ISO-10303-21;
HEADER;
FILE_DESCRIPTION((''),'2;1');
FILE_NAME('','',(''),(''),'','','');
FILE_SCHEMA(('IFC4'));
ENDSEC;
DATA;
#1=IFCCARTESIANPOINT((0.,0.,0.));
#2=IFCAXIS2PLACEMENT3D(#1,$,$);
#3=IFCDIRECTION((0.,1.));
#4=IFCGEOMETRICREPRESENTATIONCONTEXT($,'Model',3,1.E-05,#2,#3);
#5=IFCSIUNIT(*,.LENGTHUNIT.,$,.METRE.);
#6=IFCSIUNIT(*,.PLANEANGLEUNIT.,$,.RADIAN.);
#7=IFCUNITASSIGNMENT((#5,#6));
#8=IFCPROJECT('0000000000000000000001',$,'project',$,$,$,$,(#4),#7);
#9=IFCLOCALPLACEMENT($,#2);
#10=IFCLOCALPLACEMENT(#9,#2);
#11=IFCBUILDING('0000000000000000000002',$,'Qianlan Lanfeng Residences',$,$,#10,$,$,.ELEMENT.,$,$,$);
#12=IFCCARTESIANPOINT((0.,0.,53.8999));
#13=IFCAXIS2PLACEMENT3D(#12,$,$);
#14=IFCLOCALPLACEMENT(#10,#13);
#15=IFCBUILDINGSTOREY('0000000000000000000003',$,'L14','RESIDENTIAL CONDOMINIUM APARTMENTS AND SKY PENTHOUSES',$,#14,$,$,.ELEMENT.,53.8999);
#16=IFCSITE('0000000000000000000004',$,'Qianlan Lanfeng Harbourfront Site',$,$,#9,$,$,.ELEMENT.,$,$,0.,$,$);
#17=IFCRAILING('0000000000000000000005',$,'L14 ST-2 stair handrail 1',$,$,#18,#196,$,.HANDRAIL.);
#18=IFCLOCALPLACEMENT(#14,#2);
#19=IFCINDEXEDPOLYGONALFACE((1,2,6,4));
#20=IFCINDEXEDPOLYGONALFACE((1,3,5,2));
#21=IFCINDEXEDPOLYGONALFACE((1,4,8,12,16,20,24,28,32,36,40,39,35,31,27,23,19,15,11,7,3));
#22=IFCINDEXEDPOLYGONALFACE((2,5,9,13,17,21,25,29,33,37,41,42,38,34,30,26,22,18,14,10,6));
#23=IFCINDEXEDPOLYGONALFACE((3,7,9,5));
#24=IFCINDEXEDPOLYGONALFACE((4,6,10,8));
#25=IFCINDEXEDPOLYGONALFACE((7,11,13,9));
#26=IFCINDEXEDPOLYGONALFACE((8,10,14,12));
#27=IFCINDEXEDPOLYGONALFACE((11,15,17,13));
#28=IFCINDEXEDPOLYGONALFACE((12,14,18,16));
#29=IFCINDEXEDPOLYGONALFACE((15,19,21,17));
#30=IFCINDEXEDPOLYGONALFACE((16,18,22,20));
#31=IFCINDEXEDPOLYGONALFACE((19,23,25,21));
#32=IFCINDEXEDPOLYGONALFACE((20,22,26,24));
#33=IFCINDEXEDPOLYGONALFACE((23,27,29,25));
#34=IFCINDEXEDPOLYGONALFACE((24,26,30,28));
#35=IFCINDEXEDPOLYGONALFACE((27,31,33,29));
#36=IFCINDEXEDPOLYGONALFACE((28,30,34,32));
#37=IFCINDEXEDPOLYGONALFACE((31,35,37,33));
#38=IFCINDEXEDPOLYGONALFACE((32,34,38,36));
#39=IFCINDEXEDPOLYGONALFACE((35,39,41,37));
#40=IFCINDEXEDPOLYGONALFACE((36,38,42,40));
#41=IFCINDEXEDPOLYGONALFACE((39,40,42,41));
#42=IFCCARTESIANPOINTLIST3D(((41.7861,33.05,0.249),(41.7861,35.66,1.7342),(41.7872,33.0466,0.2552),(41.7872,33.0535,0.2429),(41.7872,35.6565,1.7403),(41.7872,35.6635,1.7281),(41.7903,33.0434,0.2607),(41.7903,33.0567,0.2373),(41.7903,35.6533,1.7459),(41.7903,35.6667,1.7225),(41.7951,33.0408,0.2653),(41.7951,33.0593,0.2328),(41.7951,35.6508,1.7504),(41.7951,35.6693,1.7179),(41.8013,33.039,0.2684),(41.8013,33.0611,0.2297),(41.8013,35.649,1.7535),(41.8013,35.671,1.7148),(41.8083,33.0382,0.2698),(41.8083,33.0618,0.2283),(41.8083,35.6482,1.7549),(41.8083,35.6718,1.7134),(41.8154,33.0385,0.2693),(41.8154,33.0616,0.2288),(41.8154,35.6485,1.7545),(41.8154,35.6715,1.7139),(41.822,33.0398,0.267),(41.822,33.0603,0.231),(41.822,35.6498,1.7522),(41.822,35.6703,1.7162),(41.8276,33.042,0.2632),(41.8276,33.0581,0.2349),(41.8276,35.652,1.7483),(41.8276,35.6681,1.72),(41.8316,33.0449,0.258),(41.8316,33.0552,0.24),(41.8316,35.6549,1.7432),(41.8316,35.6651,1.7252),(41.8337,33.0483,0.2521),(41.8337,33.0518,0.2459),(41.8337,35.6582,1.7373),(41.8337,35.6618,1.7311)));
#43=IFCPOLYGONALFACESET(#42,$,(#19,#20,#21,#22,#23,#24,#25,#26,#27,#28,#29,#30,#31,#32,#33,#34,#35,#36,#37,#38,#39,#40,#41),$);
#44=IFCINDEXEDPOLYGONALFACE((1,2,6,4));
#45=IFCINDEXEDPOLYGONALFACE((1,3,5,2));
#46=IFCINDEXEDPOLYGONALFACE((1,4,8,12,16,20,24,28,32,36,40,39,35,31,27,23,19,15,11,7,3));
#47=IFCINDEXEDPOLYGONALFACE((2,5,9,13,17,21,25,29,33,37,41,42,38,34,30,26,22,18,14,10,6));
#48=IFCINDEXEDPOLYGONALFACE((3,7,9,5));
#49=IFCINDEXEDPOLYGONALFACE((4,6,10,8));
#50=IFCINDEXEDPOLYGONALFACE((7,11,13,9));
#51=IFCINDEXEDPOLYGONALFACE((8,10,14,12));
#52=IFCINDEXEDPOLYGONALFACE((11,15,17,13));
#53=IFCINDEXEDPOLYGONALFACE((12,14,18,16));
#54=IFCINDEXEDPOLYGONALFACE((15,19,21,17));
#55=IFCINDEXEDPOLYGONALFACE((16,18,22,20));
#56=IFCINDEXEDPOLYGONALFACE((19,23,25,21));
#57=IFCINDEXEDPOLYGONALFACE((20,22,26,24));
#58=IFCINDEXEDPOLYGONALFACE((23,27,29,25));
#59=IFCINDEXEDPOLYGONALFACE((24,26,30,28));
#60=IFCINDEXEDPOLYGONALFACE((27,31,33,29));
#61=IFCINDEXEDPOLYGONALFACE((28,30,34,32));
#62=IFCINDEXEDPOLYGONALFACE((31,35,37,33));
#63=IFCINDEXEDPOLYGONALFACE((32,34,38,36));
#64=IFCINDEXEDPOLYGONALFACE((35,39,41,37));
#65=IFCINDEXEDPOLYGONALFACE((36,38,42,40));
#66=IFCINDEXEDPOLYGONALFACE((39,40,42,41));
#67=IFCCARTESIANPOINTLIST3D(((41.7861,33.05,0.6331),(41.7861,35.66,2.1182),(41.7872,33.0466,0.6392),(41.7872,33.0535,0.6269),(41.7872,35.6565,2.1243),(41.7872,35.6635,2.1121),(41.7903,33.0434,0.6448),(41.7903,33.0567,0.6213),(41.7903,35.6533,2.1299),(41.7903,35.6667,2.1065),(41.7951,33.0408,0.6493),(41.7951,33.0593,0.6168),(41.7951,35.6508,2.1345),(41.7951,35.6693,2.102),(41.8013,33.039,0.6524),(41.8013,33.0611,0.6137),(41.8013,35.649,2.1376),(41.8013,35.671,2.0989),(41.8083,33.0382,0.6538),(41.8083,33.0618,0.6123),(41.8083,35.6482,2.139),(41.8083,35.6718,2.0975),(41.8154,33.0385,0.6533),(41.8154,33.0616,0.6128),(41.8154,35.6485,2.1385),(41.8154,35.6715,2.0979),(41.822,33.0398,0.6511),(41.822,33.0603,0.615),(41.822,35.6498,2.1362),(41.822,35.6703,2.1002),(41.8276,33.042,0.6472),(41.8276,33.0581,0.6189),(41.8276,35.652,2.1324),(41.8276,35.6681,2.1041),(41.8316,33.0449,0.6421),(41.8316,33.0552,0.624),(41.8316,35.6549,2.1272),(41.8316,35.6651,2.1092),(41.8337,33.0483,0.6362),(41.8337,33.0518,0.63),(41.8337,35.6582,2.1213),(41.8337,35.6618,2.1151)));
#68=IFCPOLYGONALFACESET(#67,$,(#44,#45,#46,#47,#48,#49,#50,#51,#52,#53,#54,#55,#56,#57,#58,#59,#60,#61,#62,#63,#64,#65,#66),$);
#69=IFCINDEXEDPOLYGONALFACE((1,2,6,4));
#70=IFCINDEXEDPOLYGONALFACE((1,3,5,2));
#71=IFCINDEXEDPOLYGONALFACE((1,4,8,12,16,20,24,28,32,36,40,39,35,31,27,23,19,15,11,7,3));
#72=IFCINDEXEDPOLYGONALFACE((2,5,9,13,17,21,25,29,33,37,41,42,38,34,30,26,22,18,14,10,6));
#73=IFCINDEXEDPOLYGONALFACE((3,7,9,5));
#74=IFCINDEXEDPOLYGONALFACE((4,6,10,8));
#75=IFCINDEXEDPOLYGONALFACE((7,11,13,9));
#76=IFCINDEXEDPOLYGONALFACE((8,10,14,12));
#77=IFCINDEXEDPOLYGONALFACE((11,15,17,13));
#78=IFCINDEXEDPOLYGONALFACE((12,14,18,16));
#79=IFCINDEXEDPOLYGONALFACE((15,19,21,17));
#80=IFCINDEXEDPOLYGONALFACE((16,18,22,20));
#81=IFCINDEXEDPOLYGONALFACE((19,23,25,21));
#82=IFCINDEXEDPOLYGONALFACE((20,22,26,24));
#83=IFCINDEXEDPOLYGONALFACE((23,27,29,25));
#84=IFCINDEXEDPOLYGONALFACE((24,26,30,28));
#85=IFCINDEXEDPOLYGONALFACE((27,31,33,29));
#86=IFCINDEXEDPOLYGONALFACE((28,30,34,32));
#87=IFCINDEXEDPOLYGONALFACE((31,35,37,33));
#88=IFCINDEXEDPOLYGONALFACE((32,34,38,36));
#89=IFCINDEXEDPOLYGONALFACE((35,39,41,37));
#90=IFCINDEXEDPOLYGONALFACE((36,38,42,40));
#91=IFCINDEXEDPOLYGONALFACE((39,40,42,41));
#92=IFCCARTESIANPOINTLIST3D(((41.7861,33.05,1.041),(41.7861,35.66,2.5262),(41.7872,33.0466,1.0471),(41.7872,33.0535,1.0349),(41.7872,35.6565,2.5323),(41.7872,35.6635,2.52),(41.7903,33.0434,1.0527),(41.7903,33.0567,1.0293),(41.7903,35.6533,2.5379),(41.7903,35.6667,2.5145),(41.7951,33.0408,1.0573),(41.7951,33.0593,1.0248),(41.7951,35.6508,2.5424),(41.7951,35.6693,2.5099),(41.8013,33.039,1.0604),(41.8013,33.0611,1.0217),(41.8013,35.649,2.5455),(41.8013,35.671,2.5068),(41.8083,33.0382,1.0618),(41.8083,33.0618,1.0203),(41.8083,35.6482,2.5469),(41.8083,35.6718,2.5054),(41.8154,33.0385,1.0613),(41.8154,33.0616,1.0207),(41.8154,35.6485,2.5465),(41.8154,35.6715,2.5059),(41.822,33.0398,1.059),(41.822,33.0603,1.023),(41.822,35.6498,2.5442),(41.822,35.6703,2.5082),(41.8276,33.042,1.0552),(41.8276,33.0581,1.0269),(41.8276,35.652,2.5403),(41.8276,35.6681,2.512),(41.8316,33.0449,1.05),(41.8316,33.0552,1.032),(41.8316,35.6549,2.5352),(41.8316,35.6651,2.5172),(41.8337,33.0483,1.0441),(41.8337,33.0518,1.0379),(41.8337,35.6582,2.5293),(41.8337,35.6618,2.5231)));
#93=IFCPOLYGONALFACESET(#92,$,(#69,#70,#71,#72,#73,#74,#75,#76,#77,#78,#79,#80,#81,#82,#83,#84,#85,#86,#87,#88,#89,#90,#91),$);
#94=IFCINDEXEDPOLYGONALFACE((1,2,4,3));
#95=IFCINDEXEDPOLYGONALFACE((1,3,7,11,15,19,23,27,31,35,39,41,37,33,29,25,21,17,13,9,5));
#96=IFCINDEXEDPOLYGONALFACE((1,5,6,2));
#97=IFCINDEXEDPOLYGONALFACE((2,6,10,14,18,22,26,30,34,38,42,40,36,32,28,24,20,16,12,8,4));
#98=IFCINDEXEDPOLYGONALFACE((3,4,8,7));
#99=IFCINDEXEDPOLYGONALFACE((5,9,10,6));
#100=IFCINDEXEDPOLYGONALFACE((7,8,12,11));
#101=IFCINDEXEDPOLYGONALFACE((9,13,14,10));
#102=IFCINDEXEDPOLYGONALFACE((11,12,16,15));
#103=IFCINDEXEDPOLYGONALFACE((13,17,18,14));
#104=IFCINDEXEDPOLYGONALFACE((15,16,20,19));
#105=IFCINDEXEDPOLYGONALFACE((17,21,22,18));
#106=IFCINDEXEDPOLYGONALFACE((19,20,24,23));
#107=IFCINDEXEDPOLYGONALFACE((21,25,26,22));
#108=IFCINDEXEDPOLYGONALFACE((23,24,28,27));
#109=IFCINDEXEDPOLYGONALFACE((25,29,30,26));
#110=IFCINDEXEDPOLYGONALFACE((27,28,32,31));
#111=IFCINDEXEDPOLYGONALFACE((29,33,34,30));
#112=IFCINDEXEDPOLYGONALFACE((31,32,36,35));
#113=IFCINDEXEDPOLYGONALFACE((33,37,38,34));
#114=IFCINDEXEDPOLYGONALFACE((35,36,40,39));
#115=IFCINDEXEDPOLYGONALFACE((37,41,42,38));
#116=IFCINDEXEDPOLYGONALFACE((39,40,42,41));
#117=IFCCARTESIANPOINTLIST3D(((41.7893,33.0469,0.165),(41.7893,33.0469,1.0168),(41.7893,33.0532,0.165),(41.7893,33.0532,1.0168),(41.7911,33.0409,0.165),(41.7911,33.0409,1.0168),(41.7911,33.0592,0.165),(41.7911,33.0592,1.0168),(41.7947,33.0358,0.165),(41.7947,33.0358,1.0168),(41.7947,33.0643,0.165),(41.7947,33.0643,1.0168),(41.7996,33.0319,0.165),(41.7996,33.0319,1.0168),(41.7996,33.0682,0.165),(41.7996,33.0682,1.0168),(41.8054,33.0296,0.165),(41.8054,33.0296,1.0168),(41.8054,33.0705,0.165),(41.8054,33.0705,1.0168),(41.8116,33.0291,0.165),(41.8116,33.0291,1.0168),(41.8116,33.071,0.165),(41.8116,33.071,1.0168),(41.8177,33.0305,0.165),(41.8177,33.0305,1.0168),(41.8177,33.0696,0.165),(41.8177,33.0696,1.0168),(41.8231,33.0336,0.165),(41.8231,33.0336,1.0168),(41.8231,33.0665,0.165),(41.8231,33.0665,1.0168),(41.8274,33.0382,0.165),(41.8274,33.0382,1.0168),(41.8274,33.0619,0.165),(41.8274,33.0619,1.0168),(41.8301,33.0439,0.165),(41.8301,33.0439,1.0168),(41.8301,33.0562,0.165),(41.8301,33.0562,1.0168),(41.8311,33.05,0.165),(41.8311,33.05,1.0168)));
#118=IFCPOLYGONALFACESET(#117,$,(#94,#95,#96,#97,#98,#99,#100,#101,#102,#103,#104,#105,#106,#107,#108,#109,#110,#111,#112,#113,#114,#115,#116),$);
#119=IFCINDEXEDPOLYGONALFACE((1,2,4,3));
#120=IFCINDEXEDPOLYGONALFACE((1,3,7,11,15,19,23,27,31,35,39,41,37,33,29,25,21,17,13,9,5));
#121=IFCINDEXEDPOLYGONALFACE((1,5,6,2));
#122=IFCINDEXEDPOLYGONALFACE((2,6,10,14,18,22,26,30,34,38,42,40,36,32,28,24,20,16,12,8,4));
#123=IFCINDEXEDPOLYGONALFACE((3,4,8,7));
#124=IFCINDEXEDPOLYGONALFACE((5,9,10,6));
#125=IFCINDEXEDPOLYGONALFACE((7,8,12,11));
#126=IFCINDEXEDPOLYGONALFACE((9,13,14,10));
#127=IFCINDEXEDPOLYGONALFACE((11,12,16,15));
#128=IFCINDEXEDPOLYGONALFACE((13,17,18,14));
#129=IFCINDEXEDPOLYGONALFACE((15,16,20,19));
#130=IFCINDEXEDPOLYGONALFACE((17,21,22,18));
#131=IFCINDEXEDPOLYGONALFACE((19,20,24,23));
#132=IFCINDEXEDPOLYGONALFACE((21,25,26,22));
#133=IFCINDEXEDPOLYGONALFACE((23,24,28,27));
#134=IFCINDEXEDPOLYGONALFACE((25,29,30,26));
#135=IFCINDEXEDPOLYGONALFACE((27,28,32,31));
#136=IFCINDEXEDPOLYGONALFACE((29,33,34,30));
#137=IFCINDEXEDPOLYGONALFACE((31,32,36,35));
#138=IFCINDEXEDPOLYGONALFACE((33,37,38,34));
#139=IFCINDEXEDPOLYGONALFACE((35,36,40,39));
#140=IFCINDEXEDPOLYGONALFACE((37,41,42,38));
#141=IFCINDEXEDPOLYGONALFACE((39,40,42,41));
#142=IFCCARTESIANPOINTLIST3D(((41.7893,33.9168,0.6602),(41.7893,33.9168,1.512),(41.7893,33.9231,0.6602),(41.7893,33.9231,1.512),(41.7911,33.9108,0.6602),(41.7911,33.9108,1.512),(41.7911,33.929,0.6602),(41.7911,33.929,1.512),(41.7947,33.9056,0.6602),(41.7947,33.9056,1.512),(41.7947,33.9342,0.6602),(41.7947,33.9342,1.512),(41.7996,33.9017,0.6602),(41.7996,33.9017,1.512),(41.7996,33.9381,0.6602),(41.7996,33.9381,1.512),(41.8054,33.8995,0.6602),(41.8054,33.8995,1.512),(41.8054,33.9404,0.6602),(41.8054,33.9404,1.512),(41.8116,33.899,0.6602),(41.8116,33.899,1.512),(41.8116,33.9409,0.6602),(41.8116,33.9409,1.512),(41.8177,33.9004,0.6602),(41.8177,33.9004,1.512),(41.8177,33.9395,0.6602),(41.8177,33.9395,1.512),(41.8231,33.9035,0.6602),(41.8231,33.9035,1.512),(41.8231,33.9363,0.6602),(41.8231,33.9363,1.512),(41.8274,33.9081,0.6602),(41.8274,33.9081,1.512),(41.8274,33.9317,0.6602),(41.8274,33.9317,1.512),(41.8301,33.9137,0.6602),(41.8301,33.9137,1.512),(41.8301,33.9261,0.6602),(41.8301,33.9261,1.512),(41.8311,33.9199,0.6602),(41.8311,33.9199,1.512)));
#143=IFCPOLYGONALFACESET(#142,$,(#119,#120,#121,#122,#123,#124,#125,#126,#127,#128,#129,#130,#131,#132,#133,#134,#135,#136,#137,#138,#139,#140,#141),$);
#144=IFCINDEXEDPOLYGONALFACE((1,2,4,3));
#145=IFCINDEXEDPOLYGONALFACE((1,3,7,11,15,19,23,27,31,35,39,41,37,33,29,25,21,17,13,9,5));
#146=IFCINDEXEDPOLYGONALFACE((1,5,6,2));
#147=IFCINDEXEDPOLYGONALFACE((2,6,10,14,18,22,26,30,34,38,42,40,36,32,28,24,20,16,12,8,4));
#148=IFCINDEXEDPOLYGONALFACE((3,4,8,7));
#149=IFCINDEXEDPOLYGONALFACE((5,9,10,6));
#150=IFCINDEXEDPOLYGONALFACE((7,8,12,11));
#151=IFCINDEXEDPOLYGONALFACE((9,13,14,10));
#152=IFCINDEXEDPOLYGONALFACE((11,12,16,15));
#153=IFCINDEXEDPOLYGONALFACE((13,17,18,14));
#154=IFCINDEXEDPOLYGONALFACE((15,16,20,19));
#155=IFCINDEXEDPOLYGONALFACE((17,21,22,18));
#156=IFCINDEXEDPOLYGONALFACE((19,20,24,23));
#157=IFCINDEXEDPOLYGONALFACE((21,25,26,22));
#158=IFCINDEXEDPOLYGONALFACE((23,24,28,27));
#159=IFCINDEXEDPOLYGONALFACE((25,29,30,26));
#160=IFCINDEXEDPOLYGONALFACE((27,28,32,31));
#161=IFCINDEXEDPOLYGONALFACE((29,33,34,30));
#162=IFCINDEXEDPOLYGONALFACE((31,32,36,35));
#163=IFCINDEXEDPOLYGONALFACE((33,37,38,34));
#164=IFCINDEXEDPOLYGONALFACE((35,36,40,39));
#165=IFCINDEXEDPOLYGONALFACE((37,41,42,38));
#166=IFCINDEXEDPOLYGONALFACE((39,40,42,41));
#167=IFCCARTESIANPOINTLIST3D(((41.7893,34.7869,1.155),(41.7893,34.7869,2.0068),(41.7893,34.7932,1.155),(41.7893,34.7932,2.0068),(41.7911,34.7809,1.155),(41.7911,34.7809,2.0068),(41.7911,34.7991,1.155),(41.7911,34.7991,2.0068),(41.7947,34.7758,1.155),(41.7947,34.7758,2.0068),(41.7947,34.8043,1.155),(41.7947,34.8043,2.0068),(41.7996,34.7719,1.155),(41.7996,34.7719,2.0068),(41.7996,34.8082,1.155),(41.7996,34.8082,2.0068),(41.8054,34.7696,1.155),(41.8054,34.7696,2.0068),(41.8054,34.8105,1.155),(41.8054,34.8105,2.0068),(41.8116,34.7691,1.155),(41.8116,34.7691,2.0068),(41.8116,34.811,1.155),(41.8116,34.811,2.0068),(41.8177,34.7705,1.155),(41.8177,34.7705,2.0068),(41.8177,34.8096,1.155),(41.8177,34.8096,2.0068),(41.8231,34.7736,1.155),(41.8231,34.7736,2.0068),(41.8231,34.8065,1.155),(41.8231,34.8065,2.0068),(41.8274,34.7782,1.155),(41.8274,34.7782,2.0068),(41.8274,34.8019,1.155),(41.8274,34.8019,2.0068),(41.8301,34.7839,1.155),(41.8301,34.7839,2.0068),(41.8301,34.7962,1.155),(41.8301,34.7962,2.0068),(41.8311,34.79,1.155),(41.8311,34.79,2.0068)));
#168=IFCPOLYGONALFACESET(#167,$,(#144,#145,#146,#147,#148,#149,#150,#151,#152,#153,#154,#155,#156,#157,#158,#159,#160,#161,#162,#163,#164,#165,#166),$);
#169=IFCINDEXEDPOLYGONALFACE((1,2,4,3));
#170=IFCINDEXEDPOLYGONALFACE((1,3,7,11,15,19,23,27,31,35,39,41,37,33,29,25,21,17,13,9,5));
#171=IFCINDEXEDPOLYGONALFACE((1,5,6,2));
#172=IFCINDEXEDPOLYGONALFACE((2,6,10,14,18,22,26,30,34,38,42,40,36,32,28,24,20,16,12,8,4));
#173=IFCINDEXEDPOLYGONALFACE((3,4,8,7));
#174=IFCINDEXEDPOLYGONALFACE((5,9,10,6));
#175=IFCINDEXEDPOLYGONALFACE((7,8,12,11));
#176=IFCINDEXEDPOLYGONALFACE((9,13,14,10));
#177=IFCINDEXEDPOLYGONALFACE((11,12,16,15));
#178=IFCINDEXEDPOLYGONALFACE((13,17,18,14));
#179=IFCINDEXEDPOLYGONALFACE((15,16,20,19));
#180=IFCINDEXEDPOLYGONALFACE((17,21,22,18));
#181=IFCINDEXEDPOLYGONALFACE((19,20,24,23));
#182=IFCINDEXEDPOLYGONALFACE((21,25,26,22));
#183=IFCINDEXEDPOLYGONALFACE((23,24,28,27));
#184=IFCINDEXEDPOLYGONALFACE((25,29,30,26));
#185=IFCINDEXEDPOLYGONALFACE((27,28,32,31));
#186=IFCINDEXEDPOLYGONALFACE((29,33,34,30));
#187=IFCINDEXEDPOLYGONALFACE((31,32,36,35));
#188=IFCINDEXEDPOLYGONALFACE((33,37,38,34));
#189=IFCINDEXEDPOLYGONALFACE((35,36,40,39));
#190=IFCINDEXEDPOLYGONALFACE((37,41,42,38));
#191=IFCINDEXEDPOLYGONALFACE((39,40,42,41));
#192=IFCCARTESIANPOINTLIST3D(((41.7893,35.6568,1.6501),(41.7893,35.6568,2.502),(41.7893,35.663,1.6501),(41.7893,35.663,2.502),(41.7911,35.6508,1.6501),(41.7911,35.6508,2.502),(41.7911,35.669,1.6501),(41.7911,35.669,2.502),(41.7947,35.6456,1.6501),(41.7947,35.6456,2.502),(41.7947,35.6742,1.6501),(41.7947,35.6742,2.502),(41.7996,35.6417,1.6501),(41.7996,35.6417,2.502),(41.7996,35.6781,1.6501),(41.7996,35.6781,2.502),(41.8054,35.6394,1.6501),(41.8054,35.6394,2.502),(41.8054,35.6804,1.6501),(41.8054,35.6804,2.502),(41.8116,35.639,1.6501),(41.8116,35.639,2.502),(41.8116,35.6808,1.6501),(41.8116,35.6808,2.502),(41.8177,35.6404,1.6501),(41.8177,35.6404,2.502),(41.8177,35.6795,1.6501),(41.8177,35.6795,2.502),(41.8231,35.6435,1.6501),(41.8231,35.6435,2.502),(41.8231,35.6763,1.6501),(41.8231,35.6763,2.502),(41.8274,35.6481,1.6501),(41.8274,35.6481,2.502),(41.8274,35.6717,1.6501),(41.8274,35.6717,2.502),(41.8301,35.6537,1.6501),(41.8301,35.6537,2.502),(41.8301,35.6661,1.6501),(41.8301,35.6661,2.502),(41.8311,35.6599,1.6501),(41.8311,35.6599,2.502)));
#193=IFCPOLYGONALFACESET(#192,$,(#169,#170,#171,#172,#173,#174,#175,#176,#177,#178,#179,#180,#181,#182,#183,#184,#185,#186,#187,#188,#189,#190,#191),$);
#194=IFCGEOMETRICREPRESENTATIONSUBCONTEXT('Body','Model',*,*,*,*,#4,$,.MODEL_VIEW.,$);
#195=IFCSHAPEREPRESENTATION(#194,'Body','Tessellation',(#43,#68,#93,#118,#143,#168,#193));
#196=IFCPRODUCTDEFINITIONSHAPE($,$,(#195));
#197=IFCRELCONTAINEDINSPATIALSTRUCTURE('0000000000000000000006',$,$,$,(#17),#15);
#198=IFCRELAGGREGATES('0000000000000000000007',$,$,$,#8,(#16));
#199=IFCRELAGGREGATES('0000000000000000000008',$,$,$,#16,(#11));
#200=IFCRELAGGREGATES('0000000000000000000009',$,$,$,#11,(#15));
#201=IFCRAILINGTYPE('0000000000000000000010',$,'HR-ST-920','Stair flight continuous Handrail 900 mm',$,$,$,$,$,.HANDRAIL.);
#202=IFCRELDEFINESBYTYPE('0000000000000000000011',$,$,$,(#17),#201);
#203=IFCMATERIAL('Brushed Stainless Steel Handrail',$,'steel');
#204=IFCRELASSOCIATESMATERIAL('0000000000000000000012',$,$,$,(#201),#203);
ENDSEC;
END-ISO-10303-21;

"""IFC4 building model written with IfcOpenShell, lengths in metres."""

from ifc_helpers import new_model, si_unit, direction, frame, origin, origin_2d, place, context, subcontext, project, spatial, circle, extrude, material, type_object, element, save


model = new_model("IFC4")

# Units and contexts
model_context = context("Model", 3, precision=1e-05, world=origin(), true_north=direction((0.0, 1.0)))
body_context = subcontext(model_context, "Body", "Model", "MODEL_VIEW")
ifc_project = project(units=[si_unit("LENGTHUNIT", "METRE"), si_unit("PLANEANGLEUNIT", "RADIAN")], contexts=[model_context])

# Site, building, storey
site_placement = place(None, origin())
site = spatial("IfcSite", under=ifc_project, at=site_placement, Name="Qianlan Lanfeng Harbourfront Site", CompositionType="ELEMENT", RefElevation=0.0)
building_placement = place(site_placement, origin())
building = spatial("IfcBuilding", under=site, at=building_placement, Name="Qianlan Lanfeng Residences", CompositionType="ELEMENT")
storey_placement = place(building_placement, frame((0.0, 0.0, 53.8999)))
storey = spatial("IfcBuildingStorey", under=building, at=storey_placement, Name="L14", Description="RESIDENTIAL CONDOMINIUM APARTMENTS AND SKY PENTHOUSES", CompositionType="ELEMENT", Elevation=53.8999)

# Railing
ifc_material_1 = material(Name="Brushed Stainless Steel Handrail", Category="steel")
railing_type_1 = type_object("IfcRailingType", Name="HR-ST-920", Description="Stair flight continuous Handrail 900 mm", PredefinedType="HANDRAIL", material=ifc_material_1)
railing_1_placement = place(storey_placement, frame((41.8101, 33.05, 0.165)))
element("IfcRailing", 1, at=railing_1_placement, inside=storey, type_object=railing_type_1, Name="L14 ST-2 stair handrail 1", PredefinedType="HANDRAIL", context=body_context, shape_type="SweptSolid", body=[
    extrude(circle(Radius=0.0239, at=origin_2d()), frame((0.0, 0.0, 0.084), z_axis=(0.0, 0.869137, 0.494571), x_axis=(-1.0, 0.0, 0.0)), (0.0, 0.0, 1.0), 3.0029),
    extrude(circle(Radius=0.0239, at=origin_2d()), frame((0.0, 0.0, 0.468), z_axis=(0.0, 0.869137, 0.494571), x_axis=(-1.0, 0.0, 0.0)), (0.0, 0.0, 1.0), 3.0029),
    extrude(circle(Radius=0.0239, at=origin_2d()), frame((0.0, 0.0, 0.876), z_axis=(0.0, 0.869137, 0.494571), x_axis=(-1.0, 0.0, 0.0)), (0.0, 0.0, 1.0), 3.0029),
    extrude(circle(Radius=0.021, at=origin_2d()), origin(), (0.0, 0.0, 1.0), 0.8518),
    extrude(circle(Radius=0.021, at=origin_2d()), frame((0.0, 0.8699, 0.4951)), (0.0, 0.0, 1.0), 0.8518),
    extrude(circle(Radius=0.021, at=origin_2d()), frame((0.0, 1.74, 0.99)), (0.0, 0.0, 1.0), 0.8518),
    extrude(circle(Radius=0.021, at=origin_2d()), frame((0.0, 2.6099, 1.4851)), (0.0, 0.0, 1.0), 0.8518),
])

save(model, "model.ifc")
